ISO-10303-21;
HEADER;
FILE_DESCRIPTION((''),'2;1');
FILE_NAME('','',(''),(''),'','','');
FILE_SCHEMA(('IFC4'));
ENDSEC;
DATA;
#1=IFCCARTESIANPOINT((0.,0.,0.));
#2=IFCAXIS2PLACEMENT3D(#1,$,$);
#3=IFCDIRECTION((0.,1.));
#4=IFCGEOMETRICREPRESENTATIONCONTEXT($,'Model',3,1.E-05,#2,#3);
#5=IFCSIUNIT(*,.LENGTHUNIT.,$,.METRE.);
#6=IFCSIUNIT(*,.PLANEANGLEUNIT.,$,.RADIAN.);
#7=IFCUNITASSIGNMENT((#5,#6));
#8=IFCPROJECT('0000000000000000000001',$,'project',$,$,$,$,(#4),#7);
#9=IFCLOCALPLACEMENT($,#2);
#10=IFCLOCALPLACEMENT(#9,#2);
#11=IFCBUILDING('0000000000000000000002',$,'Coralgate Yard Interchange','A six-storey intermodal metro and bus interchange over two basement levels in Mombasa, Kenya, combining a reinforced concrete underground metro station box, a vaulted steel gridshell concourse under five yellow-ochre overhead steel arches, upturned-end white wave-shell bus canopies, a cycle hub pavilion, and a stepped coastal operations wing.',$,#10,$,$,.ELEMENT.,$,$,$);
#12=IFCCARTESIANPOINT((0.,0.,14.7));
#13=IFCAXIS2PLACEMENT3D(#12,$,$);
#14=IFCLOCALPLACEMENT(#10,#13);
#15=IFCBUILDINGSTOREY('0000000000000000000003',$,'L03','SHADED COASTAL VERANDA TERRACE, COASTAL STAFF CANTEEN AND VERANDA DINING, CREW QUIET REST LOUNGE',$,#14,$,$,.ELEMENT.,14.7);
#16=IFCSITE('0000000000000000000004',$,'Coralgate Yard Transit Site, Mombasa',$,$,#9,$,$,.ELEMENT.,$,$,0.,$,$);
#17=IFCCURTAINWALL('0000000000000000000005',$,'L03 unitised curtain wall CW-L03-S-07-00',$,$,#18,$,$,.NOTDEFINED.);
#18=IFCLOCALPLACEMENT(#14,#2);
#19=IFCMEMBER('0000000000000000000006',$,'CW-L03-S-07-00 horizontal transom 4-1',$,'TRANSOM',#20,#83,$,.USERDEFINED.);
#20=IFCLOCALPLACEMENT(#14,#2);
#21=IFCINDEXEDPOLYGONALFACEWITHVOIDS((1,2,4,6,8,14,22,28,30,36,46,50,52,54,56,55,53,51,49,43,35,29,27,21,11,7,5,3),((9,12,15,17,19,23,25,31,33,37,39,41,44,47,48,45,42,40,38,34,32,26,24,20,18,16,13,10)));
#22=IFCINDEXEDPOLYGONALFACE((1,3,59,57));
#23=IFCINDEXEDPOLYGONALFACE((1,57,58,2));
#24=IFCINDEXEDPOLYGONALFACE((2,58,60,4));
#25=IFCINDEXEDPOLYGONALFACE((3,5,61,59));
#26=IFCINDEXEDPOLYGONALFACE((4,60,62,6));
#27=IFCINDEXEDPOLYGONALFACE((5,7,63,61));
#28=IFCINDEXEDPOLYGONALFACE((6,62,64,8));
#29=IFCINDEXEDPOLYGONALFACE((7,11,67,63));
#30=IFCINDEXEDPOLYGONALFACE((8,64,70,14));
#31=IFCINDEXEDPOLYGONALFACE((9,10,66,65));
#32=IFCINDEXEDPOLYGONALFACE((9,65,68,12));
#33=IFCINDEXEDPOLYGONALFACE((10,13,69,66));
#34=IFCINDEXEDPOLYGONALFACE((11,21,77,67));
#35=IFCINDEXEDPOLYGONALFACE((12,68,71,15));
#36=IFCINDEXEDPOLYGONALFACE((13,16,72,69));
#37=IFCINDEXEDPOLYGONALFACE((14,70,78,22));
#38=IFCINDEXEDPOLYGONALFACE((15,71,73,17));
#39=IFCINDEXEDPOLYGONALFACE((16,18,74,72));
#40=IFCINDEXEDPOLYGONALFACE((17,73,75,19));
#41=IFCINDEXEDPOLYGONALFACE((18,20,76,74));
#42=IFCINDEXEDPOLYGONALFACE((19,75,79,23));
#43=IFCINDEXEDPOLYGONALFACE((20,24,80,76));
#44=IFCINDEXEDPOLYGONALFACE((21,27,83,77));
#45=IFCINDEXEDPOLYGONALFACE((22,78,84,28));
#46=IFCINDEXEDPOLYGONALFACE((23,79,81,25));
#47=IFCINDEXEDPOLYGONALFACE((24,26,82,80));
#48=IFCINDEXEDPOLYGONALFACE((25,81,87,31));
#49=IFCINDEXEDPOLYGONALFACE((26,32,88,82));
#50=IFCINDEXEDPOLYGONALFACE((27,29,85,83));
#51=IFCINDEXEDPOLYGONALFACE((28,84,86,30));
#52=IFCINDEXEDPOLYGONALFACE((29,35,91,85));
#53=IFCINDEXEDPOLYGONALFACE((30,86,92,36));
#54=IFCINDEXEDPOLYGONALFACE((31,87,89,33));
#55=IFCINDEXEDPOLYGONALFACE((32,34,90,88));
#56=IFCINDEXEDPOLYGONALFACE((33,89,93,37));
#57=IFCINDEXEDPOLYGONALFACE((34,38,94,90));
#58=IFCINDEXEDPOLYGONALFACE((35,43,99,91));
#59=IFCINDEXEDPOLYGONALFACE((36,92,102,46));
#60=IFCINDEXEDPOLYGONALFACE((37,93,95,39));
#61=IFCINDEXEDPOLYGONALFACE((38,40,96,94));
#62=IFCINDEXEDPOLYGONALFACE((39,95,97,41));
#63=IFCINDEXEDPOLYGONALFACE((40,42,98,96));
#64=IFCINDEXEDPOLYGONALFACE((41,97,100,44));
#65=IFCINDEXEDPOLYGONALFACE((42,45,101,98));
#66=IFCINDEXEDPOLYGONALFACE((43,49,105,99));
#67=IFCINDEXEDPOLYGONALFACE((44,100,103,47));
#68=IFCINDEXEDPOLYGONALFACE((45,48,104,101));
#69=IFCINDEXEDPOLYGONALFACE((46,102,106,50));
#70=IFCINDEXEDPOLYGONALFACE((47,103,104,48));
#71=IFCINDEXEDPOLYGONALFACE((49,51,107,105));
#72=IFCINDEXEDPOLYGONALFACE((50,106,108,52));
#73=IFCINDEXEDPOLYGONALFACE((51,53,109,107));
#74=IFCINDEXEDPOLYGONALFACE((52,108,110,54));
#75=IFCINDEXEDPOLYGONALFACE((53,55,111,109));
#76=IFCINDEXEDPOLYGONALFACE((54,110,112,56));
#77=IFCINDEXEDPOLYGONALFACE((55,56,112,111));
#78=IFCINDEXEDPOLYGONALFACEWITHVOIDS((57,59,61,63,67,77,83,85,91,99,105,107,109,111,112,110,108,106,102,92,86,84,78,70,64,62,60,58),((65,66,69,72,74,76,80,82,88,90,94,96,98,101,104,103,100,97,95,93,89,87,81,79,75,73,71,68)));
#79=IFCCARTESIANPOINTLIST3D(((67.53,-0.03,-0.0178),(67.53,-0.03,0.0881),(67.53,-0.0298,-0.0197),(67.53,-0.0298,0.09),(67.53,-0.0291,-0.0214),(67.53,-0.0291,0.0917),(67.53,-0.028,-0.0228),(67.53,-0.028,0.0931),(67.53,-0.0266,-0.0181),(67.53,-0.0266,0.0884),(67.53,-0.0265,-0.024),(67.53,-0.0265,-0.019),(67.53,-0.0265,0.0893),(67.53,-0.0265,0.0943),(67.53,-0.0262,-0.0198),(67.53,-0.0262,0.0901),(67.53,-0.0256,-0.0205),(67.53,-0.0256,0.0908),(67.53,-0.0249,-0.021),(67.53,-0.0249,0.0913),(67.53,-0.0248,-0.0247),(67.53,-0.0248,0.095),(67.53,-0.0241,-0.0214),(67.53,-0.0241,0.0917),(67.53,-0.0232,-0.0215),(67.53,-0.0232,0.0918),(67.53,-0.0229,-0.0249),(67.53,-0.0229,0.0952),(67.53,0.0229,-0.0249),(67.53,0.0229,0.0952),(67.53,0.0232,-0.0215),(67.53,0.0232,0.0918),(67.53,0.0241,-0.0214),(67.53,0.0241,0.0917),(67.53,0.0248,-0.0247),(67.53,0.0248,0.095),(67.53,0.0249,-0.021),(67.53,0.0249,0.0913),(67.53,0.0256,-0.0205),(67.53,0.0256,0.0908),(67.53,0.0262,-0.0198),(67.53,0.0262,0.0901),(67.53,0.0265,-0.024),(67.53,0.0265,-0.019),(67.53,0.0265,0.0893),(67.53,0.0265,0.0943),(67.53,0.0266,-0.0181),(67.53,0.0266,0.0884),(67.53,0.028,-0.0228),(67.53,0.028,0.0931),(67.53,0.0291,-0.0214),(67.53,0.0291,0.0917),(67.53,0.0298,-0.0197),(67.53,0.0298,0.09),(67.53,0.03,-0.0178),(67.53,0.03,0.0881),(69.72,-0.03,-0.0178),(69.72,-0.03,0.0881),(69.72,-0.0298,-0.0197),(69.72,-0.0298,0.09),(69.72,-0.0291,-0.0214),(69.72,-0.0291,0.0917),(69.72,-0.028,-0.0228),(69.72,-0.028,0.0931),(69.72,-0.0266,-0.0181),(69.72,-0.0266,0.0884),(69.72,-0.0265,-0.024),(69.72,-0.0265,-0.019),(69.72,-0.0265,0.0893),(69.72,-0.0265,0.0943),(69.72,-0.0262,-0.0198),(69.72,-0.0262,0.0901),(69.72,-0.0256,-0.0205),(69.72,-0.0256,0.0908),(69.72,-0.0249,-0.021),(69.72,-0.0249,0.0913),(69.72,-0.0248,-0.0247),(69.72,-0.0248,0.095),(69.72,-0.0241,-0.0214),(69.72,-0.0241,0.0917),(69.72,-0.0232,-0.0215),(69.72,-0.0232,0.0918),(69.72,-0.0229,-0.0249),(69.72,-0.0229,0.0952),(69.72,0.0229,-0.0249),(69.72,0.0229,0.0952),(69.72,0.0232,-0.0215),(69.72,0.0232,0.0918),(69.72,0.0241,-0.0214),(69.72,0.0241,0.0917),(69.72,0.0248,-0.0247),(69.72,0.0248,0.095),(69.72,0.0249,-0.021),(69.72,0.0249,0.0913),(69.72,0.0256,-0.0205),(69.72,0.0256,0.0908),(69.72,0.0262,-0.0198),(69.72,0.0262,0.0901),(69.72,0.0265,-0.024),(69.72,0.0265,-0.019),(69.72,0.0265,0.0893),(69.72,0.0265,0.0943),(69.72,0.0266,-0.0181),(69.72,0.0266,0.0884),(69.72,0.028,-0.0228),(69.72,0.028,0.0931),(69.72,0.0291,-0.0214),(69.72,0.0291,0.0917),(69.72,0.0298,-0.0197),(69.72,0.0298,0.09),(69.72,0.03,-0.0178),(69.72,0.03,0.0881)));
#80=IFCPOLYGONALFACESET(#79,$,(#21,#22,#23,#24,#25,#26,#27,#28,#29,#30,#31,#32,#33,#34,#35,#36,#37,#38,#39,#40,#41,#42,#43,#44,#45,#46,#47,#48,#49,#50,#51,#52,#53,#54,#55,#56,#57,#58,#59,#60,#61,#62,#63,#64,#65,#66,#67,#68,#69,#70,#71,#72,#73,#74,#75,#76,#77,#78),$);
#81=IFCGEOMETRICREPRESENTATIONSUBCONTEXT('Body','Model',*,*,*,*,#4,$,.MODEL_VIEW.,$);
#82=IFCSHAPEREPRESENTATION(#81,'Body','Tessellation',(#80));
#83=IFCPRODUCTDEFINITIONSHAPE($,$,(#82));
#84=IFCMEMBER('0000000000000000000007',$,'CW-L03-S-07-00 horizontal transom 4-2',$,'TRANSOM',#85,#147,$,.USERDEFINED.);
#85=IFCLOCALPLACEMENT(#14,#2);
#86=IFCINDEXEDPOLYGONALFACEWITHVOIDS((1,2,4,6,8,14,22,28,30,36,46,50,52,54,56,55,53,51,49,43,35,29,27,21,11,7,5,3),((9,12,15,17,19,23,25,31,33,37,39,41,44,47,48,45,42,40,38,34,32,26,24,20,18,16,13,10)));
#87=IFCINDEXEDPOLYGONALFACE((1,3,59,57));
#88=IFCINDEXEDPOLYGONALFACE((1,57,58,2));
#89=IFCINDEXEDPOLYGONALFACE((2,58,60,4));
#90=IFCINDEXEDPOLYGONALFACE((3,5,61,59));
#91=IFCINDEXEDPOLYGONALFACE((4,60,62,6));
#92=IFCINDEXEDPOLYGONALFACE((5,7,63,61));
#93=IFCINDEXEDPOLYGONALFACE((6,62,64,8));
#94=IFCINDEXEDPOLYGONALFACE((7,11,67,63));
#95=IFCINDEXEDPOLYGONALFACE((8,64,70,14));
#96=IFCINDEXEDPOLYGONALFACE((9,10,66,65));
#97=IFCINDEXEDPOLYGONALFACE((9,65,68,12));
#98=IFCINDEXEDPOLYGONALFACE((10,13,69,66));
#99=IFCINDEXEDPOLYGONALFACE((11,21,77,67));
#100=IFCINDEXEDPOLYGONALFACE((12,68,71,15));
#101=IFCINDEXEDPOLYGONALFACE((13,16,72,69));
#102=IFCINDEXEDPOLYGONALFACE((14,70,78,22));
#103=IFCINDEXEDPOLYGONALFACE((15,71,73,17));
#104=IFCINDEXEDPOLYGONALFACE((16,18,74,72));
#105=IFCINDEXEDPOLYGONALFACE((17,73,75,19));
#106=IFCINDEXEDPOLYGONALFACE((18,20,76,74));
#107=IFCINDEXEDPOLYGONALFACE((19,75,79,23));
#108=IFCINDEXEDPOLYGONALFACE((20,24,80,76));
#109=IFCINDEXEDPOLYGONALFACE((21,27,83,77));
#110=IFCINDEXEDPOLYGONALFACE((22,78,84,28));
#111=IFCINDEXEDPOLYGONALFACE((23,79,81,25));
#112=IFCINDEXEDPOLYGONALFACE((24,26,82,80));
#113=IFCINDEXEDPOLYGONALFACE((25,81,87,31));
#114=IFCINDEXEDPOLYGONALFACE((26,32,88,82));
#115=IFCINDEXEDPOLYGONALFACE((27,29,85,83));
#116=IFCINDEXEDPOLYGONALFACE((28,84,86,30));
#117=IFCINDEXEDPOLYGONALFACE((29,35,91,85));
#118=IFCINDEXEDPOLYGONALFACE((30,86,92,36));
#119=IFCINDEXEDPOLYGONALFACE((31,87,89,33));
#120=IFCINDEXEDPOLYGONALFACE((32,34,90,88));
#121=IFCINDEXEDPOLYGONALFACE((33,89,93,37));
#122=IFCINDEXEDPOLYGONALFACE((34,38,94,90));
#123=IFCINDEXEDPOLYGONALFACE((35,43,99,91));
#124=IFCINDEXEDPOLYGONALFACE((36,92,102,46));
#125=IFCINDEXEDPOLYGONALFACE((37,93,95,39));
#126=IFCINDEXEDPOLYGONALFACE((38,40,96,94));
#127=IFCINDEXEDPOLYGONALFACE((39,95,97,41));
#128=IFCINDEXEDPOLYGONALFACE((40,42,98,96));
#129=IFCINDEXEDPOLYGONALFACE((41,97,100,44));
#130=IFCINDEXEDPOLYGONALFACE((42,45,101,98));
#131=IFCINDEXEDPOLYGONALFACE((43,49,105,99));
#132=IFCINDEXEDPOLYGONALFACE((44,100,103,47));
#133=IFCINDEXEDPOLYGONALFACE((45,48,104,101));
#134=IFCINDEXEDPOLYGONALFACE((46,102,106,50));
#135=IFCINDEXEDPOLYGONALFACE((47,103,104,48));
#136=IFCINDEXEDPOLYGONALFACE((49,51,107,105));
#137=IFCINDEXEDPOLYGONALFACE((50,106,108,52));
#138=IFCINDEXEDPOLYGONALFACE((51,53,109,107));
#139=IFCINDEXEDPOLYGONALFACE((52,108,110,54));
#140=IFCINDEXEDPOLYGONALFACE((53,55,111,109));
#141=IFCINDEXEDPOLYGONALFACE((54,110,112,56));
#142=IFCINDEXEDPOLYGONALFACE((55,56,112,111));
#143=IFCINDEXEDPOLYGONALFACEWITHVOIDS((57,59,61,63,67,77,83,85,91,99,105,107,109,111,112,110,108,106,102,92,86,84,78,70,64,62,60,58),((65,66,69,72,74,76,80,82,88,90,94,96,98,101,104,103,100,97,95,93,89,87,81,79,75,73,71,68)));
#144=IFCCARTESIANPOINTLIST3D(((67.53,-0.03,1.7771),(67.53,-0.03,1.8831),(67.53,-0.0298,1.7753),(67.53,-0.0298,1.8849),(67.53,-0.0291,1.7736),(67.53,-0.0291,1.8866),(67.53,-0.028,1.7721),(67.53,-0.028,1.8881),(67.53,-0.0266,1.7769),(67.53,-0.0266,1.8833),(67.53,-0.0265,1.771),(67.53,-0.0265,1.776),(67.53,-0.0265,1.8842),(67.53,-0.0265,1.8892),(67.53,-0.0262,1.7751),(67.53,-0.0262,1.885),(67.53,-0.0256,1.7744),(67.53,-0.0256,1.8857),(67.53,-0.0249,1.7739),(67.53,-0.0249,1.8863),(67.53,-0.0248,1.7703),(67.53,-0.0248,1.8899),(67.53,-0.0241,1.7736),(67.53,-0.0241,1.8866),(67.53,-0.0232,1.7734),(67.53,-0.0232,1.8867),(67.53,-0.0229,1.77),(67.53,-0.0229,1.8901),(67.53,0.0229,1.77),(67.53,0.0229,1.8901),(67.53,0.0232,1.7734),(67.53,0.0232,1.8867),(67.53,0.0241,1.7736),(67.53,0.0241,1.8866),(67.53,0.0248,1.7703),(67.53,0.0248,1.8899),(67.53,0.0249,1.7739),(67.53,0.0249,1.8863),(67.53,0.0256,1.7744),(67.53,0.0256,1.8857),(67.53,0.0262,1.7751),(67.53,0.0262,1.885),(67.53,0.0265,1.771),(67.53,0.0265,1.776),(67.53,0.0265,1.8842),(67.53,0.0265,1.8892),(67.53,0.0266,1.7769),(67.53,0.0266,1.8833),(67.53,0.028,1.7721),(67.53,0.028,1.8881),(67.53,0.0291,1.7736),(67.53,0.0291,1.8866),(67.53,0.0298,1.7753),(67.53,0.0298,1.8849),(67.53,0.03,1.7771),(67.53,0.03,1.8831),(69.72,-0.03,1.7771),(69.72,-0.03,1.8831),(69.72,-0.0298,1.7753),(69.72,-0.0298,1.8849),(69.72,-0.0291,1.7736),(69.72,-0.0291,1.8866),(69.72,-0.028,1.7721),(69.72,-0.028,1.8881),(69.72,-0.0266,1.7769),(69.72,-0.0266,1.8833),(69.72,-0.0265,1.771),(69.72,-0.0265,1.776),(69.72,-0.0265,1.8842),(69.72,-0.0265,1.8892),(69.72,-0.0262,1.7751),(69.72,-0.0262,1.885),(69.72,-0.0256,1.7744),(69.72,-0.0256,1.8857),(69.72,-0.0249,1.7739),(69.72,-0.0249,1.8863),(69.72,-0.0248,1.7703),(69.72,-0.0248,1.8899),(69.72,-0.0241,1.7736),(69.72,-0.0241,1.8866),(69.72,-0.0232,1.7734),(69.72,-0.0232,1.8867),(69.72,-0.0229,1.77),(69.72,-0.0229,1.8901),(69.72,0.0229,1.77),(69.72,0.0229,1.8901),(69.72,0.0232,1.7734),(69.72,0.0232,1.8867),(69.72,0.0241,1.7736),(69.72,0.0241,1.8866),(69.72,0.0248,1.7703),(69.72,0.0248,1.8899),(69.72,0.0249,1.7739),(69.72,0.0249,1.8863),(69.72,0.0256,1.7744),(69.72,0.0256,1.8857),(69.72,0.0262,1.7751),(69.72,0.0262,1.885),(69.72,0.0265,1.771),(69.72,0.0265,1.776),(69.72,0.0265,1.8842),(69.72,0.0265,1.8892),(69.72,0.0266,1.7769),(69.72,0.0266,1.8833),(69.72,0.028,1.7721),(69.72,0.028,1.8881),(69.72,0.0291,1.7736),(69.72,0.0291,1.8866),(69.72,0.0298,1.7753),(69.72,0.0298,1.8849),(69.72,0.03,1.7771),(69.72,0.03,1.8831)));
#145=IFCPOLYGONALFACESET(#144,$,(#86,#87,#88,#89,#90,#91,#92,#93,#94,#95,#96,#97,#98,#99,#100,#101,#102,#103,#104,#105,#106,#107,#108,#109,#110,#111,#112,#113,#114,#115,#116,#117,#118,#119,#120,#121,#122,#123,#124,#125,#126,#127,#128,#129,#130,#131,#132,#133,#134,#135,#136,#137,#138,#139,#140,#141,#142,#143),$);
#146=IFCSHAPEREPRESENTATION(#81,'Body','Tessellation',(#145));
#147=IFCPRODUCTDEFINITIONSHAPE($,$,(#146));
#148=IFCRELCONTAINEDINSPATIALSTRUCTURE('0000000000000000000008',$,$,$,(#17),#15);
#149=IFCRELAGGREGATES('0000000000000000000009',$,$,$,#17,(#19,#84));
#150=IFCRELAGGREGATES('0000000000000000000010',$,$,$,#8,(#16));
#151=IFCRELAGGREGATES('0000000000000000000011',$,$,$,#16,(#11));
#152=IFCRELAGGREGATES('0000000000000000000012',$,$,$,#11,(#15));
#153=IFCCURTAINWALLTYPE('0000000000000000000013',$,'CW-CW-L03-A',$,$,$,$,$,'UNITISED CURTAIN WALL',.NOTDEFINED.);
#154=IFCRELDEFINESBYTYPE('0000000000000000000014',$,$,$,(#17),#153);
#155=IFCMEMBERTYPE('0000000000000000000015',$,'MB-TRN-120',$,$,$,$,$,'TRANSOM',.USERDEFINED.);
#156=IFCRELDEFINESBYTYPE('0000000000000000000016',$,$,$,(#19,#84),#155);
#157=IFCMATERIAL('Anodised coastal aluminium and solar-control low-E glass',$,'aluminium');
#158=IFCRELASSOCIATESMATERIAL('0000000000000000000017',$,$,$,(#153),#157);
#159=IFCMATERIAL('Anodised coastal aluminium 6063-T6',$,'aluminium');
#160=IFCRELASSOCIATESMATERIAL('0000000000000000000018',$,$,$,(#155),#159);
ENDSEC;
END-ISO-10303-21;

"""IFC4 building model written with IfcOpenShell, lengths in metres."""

from ifc_helpers import new_model, si_unit, direction, frame, origin, origin_2d, place, context, subcontext, project, spatial, hollow_rectangle, extrude, material, material_profile, profile_set, type_object, element, aggregate, save


model = new_model("IFC4")

# Units and contexts
model_context = context("Model", 3, precision=1e-05, world=origin(), true_north=direction((0.0, 1.0)))
body_context = subcontext(model_context, "Body", "Model", "MODEL_VIEW")
ifc_project = project(units=[si_unit("LENGTHUNIT", "METRE"), si_unit("PLANEANGLEUNIT", "RADIAN")], contexts=[model_context])

# Site, building, storey
site_placement = place(None, origin())
site = spatial("IfcSite", under=ifc_project, at=site_placement, Name="Coralgate Yard Transit Site, Mombasa", CompositionType="ELEMENT", RefElevation=0.0)
building_placement = place(site_placement, origin())
building = spatial("IfcBuilding", under=site, at=building_placement, Name="Coralgate Yard Interchange", Description="A six-storey intermodal metro and bus interchange over two basement levels in Mombasa, Kenya, combining a reinforced concrete underground metro station box, a vaulted steel gridshell concourse under five yellow-ochre overhead steel arches, upturned-end white wave-shell bus canopies, a cycle hub pavilion, and a stepped coastal operations wing.", CompositionType="ELEMENT")
storey_placement = place(building_placement, frame((0.0, 0.0, 14.7)))
storey = spatial("IfcBuildingStorey", under=building, at=storey_placement, Name="L03", Description="SHADED COASTAL VERANDA TERRACE, COASTAL STAFF CANTEEN AND VERANDA DINING, CREW QUIET REST LOUNGE", CompositionType="ELEMENT", Elevation=14.7)

# Curtain wall, members
ifc_material_1 = material(Name="Anodised coastal aluminium and solar-control low-E glass", Category="aluminium")
curtain_wall_type = type_object("IfcCurtainWallType", Name="CW-CW-L03-A", ElementType="UNITISED CURTAIN WALL", PredefinedType="NOTDEFINED", material=ifc_material_1)
curtain_wall_placement = place(storey_placement, origin())
curtain_wall = element("IfcCurtainWall", 1, at=curtain_wall_placement, inside=storey, type_object=curtain_wall_type, Name="L03 unitised curtain wall CW-L03-S-07-00", PredefinedType="NOTDEFINED")
ifc_material_2 = material(Name="Anodised coastal aluminium 6063-T6", Category="aluminium")
ifc_material_profile_1 = material_profile(ifc_material_2, hollow_rectangle(XDim=0.0601, YDim=0.1201, WallThickness=0.0034, InnerFilletRadius=0.0034, OuterFilletRadius=0.0071, at=origin_2d()), Name="ALU 60x120x3.5")
ifc_profile_set_1 = profile_set([ifc_material_profile_1], Name="Anodised coastal aluminium 6063-T6")
member_type_1 = type_object("IfcMemberType", Name="MB-TRN-120", ElementType="TRANSOM", PredefinedType="USERDEFINED", material=ifc_profile_set_1)
member_1_placement = place(storey_placement, frame((69.72, 0.0, 0.0352), z_axis=(-1.0, 0.0, 0.0), x_axis=(0.0, -1.0, 0.0)))
member_1 = element("IfcMember", 2, at=member_1_placement, type_object=member_type_1, Name="CW-L03-S-07-00 horizontal transom 4-1", ObjectType="TRANSOM", PredefinedType="USERDEFINED", context=body_context, shape_type="SweptSolid", body=[
    extrude(hollow_rectangle(XDim=0.0601, YDim=0.1201, WallThickness=0.0034, InnerFilletRadius=0.0034, OuterFilletRadius=0.0071, at=origin_2d()), origin(), (0.0, 0.0, 1.0), 2.1899),
])
member_2_placement = place(storey_placement, frame((69.72, 0.0, 1.8301), z_axis=(-1.0, 0.0, 0.0), x_axis=(0.0, -1.0, 0.0)))
member_2 = element("IfcMember", 3, at=member_2_placement, type_object=member_type_1, Name="CW-L03-S-07-00 horizontal transom 4-2", ObjectType="TRANSOM", PredefinedType="USERDEFINED", context=body_context, shape_type="SweptSolid", body=[
    extrude(hollow_rectangle(XDim=0.0601, YDim=0.1201, WallThickness=0.0034, InnerFilletRadius=0.0034, OuterFilletRadius=0.0071, at=origin_2d()), origin(), (0.0, 0.0, 1.0), 2.1899),
])
aggregate(curtain_wall, [member_1, member_2])

save(model, "model.ifc")
